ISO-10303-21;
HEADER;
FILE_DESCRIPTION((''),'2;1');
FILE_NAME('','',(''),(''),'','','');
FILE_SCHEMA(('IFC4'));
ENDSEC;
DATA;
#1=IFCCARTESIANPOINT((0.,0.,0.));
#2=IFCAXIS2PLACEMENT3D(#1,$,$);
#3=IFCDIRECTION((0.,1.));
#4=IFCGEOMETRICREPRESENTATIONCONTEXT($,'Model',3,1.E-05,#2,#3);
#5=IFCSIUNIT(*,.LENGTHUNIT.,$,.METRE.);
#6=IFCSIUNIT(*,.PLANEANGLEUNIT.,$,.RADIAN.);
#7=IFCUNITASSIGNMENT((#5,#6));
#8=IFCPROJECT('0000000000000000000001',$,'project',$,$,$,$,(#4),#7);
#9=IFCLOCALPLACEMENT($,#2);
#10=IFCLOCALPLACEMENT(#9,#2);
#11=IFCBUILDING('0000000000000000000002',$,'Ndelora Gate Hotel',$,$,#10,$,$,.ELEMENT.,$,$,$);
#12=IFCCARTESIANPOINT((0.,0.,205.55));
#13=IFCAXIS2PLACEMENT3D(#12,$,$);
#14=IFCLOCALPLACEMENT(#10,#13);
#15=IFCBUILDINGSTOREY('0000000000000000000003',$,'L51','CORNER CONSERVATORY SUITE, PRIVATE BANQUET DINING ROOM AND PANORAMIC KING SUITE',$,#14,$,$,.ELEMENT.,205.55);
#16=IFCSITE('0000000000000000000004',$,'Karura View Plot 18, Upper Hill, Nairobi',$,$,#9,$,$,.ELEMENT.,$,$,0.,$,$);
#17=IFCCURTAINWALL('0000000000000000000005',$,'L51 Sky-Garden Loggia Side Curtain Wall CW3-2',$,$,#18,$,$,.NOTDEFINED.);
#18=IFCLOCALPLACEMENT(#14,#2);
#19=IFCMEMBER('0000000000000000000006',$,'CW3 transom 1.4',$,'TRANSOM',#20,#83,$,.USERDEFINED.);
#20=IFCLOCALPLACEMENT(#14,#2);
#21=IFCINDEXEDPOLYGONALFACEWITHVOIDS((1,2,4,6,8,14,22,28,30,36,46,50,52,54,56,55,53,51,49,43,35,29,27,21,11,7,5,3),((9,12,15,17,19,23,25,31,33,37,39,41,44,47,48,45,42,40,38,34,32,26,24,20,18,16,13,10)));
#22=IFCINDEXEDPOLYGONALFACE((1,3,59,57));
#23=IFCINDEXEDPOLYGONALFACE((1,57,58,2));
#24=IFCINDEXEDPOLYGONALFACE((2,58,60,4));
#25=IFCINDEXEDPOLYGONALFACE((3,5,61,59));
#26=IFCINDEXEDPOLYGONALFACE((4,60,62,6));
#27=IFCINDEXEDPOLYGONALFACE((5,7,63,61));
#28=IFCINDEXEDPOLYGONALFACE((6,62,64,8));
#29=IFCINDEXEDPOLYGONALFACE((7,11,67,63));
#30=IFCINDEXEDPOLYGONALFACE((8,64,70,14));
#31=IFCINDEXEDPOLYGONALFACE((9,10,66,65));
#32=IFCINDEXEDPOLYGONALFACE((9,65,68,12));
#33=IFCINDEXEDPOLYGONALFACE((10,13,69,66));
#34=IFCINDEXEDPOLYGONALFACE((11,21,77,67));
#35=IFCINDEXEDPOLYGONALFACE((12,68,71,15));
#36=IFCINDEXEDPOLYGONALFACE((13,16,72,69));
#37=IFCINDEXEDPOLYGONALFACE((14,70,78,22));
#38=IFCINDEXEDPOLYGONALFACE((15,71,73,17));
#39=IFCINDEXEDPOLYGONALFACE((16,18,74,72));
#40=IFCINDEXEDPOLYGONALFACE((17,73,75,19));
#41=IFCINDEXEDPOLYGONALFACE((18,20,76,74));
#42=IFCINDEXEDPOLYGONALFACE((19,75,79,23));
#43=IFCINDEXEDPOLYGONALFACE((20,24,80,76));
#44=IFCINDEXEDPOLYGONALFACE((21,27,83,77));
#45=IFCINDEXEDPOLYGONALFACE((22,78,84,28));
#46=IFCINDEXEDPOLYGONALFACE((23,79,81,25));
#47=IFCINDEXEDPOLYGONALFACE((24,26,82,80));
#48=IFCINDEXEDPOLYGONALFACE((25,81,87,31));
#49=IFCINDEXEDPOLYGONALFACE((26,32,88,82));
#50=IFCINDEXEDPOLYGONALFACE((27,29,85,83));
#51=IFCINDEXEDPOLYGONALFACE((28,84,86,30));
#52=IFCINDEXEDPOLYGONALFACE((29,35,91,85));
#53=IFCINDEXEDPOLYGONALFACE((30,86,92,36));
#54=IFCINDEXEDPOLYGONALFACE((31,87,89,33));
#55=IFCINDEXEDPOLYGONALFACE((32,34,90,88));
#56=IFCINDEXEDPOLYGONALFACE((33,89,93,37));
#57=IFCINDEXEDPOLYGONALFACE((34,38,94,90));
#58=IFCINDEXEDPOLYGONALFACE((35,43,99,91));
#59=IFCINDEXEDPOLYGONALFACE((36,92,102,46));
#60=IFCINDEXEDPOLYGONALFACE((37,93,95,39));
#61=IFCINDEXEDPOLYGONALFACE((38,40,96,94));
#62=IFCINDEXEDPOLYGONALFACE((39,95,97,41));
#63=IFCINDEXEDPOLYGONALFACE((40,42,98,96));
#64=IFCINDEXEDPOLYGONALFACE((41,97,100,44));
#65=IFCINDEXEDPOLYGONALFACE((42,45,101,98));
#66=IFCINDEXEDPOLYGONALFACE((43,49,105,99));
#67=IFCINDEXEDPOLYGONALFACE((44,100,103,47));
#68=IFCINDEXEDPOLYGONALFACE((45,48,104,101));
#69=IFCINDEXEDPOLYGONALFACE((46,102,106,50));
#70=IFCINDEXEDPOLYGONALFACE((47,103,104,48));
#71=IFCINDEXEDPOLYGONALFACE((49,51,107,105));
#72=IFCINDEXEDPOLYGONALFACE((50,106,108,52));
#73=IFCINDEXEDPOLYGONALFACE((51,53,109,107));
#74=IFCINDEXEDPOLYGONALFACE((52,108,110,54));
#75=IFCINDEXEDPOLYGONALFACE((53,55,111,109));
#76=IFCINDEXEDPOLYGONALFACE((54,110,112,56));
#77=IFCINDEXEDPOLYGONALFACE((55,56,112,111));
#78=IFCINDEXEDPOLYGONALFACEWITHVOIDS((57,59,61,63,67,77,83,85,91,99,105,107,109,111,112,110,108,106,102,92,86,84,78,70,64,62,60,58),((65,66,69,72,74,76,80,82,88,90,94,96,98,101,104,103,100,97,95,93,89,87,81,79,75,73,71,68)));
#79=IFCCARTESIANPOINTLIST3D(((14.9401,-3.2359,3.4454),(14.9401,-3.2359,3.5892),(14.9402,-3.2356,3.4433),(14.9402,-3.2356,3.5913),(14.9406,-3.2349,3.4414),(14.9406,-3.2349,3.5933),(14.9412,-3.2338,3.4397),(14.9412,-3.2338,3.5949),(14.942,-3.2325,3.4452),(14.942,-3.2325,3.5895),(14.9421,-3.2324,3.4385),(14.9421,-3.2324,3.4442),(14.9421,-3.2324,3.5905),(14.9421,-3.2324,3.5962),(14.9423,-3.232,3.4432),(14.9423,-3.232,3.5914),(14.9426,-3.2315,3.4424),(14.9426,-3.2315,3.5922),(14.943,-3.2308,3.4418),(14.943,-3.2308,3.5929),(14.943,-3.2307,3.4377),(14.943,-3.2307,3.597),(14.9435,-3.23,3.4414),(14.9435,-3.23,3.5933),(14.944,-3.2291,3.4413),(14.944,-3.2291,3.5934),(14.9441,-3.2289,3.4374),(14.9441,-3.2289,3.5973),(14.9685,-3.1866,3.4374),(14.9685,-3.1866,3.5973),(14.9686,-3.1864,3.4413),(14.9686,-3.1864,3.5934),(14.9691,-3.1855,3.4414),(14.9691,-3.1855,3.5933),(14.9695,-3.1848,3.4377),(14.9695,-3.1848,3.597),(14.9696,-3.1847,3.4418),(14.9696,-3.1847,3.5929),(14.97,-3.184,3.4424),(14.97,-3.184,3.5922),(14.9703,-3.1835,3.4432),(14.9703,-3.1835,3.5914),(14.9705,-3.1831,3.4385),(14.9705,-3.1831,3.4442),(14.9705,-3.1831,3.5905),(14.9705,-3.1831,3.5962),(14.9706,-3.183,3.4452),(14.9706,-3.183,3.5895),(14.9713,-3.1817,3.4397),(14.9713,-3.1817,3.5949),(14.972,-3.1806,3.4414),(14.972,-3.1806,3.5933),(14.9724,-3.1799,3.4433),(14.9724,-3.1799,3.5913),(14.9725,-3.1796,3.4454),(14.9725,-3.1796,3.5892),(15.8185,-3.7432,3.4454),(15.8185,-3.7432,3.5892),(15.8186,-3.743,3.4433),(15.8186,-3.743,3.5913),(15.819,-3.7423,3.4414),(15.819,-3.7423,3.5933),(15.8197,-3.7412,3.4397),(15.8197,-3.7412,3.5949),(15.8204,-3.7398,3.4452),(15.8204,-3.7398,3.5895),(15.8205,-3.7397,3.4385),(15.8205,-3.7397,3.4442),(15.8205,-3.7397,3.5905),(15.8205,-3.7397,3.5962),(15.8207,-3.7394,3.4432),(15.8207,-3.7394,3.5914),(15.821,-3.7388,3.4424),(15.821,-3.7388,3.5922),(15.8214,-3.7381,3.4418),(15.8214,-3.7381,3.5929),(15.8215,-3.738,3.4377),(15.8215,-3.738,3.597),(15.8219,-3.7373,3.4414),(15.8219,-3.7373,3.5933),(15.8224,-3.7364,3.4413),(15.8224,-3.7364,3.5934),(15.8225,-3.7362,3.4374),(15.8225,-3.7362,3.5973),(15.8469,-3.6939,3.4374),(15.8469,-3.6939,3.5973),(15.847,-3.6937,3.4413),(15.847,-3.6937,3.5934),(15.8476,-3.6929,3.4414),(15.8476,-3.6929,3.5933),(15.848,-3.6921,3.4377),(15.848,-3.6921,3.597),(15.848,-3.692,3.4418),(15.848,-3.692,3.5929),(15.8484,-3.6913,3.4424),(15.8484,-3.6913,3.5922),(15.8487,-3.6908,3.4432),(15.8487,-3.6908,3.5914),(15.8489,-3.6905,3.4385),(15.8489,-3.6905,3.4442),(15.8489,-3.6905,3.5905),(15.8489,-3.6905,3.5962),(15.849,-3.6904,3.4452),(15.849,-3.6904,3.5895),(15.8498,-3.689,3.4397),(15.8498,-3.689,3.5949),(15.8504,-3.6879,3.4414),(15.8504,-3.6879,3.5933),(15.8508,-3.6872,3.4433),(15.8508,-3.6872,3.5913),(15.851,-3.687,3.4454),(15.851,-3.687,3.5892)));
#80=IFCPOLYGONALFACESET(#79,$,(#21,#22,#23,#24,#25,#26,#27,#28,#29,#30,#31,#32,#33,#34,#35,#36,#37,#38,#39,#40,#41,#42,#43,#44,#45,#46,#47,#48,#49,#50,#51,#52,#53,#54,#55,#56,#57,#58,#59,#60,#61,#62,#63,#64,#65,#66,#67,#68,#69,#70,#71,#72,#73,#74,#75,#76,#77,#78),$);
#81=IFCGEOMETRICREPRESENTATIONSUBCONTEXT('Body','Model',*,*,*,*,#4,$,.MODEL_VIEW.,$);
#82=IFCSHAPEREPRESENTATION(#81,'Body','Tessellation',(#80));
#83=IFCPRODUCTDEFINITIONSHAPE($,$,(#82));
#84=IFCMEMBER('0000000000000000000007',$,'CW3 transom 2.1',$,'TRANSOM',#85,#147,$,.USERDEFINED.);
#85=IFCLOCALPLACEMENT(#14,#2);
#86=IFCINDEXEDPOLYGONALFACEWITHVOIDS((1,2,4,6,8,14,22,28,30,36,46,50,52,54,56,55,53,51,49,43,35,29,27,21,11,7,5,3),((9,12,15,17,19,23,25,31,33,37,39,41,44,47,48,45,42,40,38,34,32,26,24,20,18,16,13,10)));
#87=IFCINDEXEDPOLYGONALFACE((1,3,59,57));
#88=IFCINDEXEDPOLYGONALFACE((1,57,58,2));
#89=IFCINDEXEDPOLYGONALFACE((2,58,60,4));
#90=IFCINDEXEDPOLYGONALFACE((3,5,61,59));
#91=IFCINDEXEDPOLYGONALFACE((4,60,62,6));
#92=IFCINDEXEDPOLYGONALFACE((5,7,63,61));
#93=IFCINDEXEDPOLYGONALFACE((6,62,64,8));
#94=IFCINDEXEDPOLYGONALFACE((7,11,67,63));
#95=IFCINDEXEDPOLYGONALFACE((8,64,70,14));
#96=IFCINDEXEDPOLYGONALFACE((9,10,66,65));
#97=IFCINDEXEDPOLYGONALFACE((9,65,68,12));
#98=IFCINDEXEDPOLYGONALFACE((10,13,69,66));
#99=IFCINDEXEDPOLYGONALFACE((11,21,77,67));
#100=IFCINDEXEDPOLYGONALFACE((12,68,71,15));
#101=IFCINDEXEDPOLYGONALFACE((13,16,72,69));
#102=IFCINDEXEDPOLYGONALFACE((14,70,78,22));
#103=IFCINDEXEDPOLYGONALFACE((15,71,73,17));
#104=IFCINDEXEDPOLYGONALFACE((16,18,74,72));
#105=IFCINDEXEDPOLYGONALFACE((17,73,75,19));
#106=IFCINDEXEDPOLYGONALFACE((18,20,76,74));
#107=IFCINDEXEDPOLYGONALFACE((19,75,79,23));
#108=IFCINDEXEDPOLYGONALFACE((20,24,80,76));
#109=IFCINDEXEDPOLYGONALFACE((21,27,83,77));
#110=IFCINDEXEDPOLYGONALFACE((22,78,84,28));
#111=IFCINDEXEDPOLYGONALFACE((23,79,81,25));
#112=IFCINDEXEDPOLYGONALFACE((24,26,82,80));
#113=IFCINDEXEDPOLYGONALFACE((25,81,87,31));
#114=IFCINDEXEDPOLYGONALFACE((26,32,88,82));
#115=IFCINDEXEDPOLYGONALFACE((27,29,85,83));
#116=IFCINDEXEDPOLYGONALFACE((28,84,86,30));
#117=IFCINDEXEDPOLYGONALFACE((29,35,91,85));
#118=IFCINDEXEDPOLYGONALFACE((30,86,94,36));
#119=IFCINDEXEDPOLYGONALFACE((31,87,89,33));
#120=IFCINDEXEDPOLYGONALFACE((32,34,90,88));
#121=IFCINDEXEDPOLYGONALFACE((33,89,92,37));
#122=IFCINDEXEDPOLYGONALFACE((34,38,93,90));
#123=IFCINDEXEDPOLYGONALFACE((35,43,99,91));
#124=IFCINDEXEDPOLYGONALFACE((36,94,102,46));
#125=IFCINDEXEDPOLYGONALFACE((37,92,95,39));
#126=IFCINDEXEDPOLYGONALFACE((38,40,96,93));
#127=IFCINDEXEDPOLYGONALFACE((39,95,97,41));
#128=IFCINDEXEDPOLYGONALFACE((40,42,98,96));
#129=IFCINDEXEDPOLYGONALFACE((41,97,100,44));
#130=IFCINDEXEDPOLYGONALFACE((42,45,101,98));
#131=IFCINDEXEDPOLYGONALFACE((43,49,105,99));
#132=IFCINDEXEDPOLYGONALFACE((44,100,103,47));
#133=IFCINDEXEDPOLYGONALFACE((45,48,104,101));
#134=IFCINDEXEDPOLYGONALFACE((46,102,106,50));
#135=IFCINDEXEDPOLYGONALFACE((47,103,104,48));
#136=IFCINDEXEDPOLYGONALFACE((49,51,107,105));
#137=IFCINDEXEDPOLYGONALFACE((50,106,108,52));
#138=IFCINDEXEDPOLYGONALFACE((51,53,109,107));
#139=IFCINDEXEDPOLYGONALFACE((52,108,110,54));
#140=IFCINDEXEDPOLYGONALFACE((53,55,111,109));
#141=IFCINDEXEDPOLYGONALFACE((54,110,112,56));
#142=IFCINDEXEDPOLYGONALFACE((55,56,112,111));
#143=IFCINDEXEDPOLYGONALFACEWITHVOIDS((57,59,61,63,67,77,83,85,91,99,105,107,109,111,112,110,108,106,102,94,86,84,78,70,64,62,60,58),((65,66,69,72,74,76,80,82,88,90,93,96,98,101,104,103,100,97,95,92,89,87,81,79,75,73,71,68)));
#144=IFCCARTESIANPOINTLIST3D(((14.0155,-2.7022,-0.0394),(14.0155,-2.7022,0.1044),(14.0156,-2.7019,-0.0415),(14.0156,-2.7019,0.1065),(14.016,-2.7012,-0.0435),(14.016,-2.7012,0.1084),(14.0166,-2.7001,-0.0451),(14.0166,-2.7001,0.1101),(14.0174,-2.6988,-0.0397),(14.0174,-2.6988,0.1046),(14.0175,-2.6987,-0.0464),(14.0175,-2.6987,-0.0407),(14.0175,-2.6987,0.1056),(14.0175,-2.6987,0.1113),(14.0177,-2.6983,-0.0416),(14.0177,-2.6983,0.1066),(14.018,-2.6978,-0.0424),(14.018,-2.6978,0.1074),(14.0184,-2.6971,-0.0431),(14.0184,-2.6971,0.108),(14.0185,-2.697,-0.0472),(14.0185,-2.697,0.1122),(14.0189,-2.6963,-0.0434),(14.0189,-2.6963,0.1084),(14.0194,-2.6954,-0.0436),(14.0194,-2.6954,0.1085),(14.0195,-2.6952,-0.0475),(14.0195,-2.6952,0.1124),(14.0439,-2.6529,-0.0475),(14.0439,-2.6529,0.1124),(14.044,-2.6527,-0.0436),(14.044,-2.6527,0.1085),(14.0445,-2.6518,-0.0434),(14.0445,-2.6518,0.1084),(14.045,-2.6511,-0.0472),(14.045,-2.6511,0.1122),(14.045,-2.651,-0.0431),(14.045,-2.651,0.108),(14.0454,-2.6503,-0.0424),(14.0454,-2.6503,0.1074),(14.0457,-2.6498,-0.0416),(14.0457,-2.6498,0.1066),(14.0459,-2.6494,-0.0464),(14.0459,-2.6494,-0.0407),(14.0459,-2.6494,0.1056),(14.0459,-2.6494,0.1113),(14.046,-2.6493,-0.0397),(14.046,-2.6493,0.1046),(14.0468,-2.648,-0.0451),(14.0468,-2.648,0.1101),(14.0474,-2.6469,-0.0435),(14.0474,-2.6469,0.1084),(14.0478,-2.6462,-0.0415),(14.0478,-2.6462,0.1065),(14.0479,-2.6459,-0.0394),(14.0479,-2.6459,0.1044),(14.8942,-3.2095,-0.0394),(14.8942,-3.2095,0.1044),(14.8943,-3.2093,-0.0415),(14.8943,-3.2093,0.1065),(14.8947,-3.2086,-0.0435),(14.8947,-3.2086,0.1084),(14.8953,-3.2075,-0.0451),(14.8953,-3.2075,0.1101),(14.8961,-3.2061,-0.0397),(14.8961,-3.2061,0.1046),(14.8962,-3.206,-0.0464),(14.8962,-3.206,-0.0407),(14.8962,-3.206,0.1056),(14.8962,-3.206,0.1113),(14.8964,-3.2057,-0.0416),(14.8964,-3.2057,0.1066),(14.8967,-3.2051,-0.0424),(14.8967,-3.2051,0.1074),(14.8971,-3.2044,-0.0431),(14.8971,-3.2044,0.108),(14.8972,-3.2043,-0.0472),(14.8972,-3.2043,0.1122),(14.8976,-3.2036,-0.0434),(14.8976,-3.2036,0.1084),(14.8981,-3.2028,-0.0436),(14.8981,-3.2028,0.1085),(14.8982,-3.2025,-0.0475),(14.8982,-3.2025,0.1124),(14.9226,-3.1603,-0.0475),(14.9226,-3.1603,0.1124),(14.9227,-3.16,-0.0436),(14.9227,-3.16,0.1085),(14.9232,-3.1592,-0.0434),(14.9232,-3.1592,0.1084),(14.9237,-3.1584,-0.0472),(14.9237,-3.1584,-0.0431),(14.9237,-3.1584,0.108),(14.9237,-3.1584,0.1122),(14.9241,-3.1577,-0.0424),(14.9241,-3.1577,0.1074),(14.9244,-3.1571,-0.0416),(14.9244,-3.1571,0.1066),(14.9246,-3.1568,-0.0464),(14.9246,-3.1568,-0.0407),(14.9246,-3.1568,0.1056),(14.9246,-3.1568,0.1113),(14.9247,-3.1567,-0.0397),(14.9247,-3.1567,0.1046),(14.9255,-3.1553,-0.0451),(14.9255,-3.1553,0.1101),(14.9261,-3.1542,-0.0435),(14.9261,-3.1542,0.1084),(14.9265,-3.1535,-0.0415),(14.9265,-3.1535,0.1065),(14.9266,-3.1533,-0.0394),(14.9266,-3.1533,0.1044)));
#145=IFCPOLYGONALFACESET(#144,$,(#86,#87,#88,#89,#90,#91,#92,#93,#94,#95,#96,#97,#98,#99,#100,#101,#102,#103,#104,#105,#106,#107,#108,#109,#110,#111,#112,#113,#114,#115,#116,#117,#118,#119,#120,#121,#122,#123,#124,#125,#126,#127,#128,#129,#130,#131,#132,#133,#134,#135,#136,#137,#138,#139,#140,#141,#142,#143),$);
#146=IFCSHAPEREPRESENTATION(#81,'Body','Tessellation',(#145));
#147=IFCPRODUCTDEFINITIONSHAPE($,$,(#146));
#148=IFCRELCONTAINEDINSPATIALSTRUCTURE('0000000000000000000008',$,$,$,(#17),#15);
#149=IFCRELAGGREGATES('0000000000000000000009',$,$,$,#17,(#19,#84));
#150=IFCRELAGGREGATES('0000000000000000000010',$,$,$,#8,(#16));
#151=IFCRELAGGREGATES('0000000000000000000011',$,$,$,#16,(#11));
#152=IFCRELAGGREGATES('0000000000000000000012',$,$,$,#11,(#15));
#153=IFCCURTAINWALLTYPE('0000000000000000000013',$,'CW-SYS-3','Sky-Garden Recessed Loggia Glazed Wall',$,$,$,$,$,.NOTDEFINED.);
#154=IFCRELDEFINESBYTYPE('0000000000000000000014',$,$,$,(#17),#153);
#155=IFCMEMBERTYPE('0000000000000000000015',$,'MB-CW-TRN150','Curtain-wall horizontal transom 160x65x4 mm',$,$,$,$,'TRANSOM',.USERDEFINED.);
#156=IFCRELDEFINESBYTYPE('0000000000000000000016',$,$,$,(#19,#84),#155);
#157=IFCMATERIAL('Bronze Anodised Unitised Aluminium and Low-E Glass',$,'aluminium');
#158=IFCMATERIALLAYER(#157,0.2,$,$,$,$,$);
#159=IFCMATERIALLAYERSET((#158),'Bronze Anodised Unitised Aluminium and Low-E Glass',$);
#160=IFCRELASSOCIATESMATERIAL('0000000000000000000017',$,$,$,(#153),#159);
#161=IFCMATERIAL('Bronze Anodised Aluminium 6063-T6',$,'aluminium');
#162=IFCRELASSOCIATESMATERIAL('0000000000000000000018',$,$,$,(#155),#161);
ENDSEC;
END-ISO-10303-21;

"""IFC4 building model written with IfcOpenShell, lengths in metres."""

from ifc_helpers import new_model, si_unit, direction, frame, origin, origin_2d, place, context, subcontext, project, spatial, hollow_rectangle, extrude, material, layer, layer_set, material_profile, profile_set, type_object, element, aggregate, save


model = new_model("IFC4")

# Units and contexts
model_context = context("Model", 3, precision=1e-05, world=origin(), true_north=direction((0.0, 1.0)))
body_context = subcontext(model_context, "Body", "Model", "MODEL_VIEW")
ifc_project = project(units=[si_unit("LENGTHUNIT", "METRE"), si_unit("PLANEANGLEUNIT", "RADIAN")], contexts=[model_context])

# Site, building, storey
site_placement = place(None, origin())
site = spatial("IfcSite", under=ifc_project, at=site_placement, Name="Karura View Plot 18, Upper Hill, Nairobi", CompositionType="ELEMENT", RefElevation=0.0)
building_placement = place(site_placement, origin())
building = spatial("IfcBuilding", under=site, at=building_placement, Name="Ndelora Gate Hotel", CompositionType="ELEMENT")
storey_placement = place(building_placement, frame((0.0, 0.0, 205.55)))
storey = spatial("IfcBuildingStorey", under=building, at=storey_placement, Name="L51", Description="CORNER CONSERVATORY SUITE, PRIVATE BANQUET DINING ROOM AND PANORAMIC KING SUITE", CompositionType="ELEMENT", Elevation=205.55)

# Curtain wall, members
ifc_material_1 = material(Name="Bronze Anodised Unitised Aluminium and Low-E Glass", Category="aluminium")
ifc_layer_1 = layer(ifc_material_1, 0.2)
ifc_layer_set_1 = layer_set([ifc_layer_1], Name="Bronze Anodised Unitised Aluminium and Low-E Glass")
curtain_wall_type = type_object("IfcCurtainWallType", Name="CW-SYS-3", Description="Sky-Garden Recessed Loggia Glazed Wall", PredefinedType="NOTDEFINED", material=ifc_layer_set_1)
curtain_wall_placement = place(storey_placement, origin())
curtain_wall = element("IfcCurtainWall", 1, at=curtain_wall_placement, inside=storey, type_object=curtain_wall_type, Name="L51 Sky-Garden Loggia Side Curtain Wall CW3-2", PredefinedType="NOTDEFINED")
ifc_material_2 = material(Name="Bronze Anodised Aluminium 6063-T6", Category="aluminium")
ifc_material_profile_1 = material_profile(ifc_material_2, hollow_rectangle(XDim=0.0649, YDim=0.1599, WallThickness=0.0039, InnerFilletRadius=0.0039, OuterFilletRadius=0.0081, at=origin_2d()), Name="ALU 160x65x4")
ifc_profile_set_1 = profile_set([ifc_material_profile_1], Name="Bronze Anodised Aluminium 6063-T6")
member_type_1 = type_object("IfcMemberType", Name="MB-CW-TRN150", Description="Curtain-wall horizontal transom 160x65x4 mm", ElementType="TRANSOM", PredefinedType="USERDEFINED", material=ifc_profile_set_1)
member_1_placement = place(storey_placement, frame((15.8347, -3.7151, 3.5173), z_axis=(-0.865953, 0.500125, 0.0), x_axis=(-0.500125, -0.865953, 0.0)))
member_1 = element("IfcMember", 2, at=member_1_placement, type_object=member_type_1, Name="CW3 transom 1.4", ObjectType="TRANSOM", PredefinedType="USERDEFINED", context=body_context, shape_type="SweptSolid", body=[
    extrude(hollow_rectangle(XDim=0.0649, YDim=0.1599, WallThickness=0.0039, InnerFilletRadius=0.0039, OuterFilletRadius=0.0081, at=origin_2d()), origin(), (0.0, 0.0, 1.0), 1.0144),
])
member_2_placement = place(storey_placement, frame((14.9104, -3.1814, 0.0325), z_axis=(-0.866013, 0.500021, 0.0), x_axis=(-0.500021, -0.866013, 0.0)))
member_2 = element("IfcMember", 3, at=member_2_placement, type_object=member_type_1, Name="CW3 transom 2.1", ObjectType="TRANSOM", PredefinedType="USERDEFINED", context=body_context, shape_type="SweptSolid", body=[
    extrude(hollow_rectangle(XDim=0.0649, YDim=0.1599, WallThickness=0.0039, InnerFilletRadius=0.0039, OuterFilletRadius=0.0081, at=origin_2d()), origin(), (0.0, 0.0, 1.0), 1.0146),
])
aggregate(curtain_wall, [member_1, member_2])

save(model, "model.ifc")
